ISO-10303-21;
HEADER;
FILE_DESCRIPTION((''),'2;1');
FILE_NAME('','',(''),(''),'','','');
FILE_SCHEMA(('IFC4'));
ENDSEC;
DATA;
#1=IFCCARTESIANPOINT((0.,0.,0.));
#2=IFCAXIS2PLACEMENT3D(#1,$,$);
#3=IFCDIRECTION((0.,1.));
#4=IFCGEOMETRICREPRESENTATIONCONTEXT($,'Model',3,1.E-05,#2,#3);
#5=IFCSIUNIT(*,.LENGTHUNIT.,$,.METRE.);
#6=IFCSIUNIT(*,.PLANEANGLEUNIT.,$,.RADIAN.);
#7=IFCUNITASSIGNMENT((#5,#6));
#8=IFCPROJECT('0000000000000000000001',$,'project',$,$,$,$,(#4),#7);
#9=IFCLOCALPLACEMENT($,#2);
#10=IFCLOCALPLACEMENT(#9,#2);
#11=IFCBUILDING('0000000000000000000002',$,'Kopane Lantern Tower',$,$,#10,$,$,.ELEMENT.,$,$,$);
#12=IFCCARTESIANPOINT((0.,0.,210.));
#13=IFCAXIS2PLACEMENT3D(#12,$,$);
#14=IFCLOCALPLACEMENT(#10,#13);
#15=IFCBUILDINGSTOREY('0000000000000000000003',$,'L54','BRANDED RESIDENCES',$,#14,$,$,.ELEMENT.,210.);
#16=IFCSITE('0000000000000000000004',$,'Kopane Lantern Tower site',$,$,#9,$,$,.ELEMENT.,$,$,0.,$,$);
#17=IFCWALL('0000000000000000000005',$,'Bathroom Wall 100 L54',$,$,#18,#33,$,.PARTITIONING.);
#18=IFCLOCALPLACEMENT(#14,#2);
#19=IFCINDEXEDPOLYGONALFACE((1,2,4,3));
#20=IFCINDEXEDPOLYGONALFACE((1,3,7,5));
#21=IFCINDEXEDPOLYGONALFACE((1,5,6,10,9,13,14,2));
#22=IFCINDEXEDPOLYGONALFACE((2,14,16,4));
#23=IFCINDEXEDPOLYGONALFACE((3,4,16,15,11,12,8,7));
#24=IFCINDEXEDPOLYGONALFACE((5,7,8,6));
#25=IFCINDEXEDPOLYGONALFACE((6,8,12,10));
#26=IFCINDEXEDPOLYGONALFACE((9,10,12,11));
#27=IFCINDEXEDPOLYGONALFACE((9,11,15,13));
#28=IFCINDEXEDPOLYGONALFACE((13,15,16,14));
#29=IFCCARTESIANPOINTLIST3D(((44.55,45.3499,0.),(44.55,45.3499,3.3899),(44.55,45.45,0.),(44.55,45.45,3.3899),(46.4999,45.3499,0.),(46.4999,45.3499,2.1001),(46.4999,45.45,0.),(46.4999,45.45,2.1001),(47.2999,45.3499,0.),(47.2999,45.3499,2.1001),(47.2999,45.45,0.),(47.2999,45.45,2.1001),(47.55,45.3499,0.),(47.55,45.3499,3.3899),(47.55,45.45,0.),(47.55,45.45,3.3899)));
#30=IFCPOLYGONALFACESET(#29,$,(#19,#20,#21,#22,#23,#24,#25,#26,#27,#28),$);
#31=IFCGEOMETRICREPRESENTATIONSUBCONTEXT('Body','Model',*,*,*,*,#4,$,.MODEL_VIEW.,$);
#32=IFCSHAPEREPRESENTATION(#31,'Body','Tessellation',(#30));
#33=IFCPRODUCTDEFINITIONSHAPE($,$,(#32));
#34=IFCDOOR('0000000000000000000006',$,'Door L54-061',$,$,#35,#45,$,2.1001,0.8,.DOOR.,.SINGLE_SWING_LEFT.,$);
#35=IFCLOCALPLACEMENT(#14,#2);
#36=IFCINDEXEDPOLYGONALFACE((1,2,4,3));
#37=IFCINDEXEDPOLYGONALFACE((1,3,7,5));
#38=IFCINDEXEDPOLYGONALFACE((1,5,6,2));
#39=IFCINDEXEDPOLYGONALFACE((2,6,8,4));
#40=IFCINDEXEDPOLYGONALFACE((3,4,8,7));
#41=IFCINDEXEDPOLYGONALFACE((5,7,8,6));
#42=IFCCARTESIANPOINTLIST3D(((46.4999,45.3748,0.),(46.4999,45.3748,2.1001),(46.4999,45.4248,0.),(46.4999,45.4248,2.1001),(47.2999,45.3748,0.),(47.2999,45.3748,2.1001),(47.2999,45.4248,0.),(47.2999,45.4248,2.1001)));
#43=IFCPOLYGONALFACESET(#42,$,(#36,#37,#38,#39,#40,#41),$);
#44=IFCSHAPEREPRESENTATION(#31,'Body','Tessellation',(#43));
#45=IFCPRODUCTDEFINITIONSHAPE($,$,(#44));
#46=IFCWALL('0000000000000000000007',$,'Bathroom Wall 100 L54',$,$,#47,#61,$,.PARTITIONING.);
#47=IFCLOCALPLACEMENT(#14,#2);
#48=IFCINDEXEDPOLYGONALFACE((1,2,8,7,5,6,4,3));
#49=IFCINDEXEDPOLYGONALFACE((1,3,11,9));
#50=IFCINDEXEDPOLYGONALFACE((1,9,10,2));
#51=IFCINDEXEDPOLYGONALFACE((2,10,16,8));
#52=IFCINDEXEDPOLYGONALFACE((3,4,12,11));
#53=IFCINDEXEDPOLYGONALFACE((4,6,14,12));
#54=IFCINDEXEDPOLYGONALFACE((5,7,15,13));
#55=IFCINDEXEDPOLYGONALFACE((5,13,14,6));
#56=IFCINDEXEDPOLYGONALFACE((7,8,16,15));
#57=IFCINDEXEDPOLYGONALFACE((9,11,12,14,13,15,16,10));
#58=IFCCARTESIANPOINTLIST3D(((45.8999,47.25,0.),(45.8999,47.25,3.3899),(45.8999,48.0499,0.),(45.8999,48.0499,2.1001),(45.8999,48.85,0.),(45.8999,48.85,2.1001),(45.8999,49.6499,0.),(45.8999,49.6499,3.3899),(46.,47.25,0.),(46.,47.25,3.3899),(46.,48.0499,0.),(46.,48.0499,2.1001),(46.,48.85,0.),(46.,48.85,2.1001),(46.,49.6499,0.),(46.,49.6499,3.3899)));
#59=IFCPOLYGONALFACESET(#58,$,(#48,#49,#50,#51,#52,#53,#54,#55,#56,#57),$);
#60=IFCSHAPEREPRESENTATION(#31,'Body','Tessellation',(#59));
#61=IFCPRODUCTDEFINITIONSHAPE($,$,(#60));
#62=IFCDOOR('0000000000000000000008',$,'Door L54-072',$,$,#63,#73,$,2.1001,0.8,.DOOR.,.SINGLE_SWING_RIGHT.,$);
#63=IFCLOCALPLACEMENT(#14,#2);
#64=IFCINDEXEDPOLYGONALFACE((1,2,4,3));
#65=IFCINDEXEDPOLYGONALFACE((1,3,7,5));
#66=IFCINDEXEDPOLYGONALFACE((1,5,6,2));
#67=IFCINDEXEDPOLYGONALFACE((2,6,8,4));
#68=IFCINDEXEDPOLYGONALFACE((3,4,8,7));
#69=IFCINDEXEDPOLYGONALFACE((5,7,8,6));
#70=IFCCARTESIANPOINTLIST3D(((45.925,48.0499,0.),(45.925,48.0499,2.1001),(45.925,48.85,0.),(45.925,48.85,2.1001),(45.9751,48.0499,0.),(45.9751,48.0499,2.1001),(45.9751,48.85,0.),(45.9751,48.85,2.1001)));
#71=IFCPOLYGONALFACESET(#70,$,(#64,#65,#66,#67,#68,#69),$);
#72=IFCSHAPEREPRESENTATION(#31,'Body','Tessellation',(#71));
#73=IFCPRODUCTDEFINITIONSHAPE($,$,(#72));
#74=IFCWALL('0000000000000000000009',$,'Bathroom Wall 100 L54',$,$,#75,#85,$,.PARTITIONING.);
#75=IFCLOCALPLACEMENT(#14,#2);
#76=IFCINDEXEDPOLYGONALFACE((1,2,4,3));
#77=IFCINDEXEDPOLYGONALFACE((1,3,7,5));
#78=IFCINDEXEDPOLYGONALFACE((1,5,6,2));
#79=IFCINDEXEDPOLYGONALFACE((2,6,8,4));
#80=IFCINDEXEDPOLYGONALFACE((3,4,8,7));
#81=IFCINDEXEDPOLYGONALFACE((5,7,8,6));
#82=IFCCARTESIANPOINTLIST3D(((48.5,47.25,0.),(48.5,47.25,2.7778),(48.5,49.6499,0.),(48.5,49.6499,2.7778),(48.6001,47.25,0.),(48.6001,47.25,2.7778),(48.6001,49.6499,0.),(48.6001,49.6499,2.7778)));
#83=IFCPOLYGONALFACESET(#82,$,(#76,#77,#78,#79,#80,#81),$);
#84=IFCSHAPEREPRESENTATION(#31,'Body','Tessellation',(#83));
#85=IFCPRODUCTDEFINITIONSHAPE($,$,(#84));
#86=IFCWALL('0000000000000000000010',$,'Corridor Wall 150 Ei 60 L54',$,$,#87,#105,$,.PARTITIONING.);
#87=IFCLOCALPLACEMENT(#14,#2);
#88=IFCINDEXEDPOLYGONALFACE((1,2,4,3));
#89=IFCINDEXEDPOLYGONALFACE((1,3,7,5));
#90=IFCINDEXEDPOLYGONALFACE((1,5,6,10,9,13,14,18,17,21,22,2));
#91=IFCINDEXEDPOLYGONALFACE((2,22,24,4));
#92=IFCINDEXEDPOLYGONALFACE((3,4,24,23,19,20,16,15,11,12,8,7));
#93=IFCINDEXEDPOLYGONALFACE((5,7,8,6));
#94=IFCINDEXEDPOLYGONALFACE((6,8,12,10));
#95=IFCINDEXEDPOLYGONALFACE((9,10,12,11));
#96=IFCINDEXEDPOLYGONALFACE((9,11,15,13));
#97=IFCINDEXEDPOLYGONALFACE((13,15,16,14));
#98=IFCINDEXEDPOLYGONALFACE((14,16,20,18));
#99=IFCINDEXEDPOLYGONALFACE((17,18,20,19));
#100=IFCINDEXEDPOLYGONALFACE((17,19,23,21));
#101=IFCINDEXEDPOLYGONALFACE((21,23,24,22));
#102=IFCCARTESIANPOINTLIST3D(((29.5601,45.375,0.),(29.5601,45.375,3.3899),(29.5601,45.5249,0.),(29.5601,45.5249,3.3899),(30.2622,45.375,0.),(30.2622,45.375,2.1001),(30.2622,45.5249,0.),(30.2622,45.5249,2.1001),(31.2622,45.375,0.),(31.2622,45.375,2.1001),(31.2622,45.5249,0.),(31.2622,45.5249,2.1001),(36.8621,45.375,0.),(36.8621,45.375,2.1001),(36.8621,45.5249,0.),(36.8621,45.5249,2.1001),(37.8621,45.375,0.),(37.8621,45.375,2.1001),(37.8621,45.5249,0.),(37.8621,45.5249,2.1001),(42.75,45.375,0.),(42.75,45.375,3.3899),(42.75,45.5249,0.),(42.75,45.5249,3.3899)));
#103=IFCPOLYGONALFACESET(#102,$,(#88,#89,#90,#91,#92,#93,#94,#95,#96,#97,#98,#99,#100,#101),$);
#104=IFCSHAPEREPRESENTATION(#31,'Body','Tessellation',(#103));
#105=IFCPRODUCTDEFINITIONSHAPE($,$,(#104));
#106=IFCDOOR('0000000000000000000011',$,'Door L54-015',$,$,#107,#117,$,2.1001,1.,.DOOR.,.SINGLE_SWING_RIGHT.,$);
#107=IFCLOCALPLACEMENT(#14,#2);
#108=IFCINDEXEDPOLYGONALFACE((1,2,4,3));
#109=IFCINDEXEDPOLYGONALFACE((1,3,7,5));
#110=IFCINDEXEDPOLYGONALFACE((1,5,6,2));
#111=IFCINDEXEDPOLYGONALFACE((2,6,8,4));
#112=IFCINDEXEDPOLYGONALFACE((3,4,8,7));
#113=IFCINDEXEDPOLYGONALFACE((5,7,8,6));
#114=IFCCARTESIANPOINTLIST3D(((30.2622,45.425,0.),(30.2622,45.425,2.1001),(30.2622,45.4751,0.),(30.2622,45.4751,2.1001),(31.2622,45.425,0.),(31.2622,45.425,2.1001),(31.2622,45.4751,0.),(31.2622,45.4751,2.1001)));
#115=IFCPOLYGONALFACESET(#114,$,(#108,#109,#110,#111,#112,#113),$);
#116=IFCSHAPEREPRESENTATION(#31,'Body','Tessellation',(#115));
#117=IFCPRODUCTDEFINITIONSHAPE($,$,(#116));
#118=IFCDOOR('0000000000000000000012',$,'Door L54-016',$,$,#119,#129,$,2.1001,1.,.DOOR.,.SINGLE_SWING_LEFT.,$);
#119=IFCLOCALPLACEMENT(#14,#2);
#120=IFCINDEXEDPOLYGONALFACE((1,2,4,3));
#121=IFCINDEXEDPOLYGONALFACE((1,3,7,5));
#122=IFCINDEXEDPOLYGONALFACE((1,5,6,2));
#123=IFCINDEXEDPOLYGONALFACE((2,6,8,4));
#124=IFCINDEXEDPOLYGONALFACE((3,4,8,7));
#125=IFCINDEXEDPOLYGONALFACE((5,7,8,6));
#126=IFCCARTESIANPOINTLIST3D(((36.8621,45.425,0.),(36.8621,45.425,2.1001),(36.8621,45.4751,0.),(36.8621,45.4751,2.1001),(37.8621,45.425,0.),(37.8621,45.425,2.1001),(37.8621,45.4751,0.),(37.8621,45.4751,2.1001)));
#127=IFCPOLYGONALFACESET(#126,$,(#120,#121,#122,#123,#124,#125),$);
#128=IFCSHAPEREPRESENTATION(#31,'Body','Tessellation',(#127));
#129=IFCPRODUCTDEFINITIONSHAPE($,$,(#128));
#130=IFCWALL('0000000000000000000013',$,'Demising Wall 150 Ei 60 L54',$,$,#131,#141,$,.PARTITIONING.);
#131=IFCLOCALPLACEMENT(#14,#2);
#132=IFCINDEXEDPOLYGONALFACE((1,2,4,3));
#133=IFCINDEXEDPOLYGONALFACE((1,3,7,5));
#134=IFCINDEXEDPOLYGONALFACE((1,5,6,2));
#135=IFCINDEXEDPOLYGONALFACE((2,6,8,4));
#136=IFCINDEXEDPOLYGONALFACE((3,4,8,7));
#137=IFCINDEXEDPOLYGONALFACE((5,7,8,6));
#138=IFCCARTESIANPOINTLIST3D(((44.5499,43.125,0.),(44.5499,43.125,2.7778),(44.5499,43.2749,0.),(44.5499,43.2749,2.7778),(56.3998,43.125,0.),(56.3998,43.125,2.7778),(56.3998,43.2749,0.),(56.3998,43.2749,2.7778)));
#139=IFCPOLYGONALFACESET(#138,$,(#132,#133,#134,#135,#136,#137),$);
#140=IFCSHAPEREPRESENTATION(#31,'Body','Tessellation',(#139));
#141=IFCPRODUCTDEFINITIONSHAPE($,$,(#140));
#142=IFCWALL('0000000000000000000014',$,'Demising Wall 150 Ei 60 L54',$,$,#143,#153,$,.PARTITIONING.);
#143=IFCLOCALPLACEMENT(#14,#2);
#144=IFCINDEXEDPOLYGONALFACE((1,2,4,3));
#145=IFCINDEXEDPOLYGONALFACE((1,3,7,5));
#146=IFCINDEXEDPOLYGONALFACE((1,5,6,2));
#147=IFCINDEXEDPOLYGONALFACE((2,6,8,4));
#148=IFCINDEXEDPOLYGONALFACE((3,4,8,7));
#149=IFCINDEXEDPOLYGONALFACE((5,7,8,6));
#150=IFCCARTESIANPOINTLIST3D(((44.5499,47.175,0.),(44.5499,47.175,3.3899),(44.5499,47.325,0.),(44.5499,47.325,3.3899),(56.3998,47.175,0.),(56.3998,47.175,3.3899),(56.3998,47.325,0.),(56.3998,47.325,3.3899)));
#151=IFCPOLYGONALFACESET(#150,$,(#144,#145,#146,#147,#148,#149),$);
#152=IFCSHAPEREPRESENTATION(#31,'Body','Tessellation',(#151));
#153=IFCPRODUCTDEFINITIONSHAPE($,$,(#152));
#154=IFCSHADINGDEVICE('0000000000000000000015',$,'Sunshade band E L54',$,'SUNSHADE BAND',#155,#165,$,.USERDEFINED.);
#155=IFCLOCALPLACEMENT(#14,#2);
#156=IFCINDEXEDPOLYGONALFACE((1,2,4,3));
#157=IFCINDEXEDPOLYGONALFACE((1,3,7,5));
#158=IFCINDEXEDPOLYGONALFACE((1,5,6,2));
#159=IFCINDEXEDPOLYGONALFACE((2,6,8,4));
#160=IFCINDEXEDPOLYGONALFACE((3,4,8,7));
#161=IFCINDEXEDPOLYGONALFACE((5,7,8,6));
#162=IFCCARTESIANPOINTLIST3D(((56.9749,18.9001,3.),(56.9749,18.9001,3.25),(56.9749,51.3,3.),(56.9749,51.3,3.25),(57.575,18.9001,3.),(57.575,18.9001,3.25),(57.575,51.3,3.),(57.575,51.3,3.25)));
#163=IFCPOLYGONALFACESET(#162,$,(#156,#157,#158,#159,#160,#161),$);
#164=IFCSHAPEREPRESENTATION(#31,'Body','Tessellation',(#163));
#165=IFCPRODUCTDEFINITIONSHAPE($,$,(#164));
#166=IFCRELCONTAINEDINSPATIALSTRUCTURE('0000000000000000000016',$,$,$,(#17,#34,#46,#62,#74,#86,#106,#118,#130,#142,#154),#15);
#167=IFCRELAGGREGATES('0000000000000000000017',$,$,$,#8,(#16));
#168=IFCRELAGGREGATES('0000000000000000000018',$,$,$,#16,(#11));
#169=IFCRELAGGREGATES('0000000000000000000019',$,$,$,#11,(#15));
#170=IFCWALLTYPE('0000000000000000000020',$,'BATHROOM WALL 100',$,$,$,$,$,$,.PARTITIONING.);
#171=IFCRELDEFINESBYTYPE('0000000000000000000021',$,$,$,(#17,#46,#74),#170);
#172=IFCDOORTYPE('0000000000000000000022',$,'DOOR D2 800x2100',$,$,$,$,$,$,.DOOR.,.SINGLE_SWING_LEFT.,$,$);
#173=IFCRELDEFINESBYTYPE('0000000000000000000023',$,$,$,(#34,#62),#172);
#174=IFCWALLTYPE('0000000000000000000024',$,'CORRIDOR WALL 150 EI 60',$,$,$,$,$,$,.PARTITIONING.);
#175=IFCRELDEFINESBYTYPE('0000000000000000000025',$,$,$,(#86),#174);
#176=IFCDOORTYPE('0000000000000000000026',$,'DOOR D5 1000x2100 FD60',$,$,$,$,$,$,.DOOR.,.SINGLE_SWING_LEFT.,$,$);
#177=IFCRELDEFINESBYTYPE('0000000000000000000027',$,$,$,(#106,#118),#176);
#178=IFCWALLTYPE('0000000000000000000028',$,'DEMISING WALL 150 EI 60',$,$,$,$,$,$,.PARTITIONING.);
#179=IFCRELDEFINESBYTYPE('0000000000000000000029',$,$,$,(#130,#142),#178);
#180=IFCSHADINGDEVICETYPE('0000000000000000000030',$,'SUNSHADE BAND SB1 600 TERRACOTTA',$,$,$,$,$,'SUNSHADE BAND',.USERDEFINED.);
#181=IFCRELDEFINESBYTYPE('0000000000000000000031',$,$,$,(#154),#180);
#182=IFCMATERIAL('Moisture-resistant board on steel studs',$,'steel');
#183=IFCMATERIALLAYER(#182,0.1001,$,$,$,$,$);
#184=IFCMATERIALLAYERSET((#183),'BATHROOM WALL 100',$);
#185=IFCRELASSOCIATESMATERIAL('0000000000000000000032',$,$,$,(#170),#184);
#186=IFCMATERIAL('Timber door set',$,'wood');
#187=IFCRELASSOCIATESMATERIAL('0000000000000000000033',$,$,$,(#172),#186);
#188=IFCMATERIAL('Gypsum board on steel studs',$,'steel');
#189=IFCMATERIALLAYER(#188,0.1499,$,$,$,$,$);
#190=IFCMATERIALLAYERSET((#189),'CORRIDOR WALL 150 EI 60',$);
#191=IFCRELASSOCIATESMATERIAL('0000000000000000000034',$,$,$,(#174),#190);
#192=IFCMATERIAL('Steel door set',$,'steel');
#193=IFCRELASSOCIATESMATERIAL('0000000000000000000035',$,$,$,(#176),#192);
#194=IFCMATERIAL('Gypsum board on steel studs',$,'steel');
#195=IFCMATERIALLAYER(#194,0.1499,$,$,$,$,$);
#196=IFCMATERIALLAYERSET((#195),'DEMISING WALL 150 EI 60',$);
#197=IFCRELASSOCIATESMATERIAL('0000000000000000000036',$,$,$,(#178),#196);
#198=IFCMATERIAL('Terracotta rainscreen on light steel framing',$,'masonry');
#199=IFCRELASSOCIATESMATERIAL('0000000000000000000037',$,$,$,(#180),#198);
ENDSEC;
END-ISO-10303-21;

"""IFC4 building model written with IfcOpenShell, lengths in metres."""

from ifc_helpers import new_model, si_unit, direction, frame, frame_2d, origin, origin_2d, place, context, subcontext, project, spatial, rectangle, extrude, material, layer, layer_set, type_object, element, fill, save


model = new_model("IFC4")

# Units and contexts
model_context = context("Model", 3, precision=1e-05, world=origin(), true_north=direction((0.0, 1.0)))
body_context = subcontext(model_context, "Body", "Model", "MODEL_VIEW")
ifc_project = project(units=[si_unit("LENGTHUNIT", "METRE"), si_unit("PLANEANGLEUNIT", "RADIAN")], contexts=[model_context])

# Site, building, storey
site_placement = place(None, origin())
site = spatial("IfcSite", under=ifc_project, at=site_placement, Name="Kopane Lantern Tower site", CompositionType="ELEMENT", RefElevation=0.0)
building_placement = place(site_placement, origin())
building = spatial("IfcBuilding", under=site, at=building_placement, Name="Kopane Lantern Tower", CompositionType="ELEMENT")
storey_placement = place(building_placement, frame((0.0, 0.0, 210.0)))
storey = spatial("IfcBuildingStorey", under=building, at=storey_placement, Name="L54", Description="BRANDED RESIDENCES", CompositionType="ELEMENT", Elevation=210.0)

# Shared definitions
ifc_material_1 = material(Name="Moisture-resistant board on steel studs", Category="steel")
ifc_layer_1 = layer(ifc_material_1, 0.1001)
ifc_layer_set_1 = layer_set([ifc_layer_1], Name="BATHROOM WALL 100")
wall_type_1 = type_object("IfcWallType", Name="BATHROOM WALL 100", PredefinedType="PARTITIONING", material=ifc_layer_set_1)
ifc_material_2 = material(Name="Timber door set", Category="wood")
door_type_1 = type_object("IfcDoorType", Name="DOOR D2 800x2100", OperationType="SINGLE_SWING_LEFT", PredefinedType="DOOR", material=ifc_material_2)

# Walls, openings, doors
wall_1_placement = place(storey_placement, frame((44.55, 45.3999, 0.0), z_axis=(0.0, 0.0, 1.0), x_axis=(1.0, 0.0, 0.0)))
wall_1 = element("IfcWall", 1, at=wall_1_placement, inside=storey, type_object=wall_type_1, Name="Bathroom Wall 100 L54", PredefinedType="PARTITIONING", context=body_context, shape_type="SweptSolid", body=[
    extrude(rectangle(XDim=3.0, YDim=0.1001, at=frame_2d((1.5, 0.0))), origin(), (0.0, 0.0, 1.0), 3.3899),
])
opening_1_placement = place(wall_1_placement, frame((1.95, 0.0, 0.0)))
opening_1 = element("IfcOpeningElement", 2, at=opening_1_placement, cuts=wall_1, PredefinedType="OPENING", context=body_context, shape_type="SweptSolid", body=[
    extrude(rectangle(XDim=0.8, YDim=2.1001, at=frame_2d((0.3999, 1.05))), frame((0.0, 0.0601, 0.0), z_axis=(0.0, -1.0, 0.0), x_axis=(1.0, 0.0, 0.0)), (0.0, 0.0, 1.0), 0.1201),
])
door_1_placement = place(opening_1_placement, origin())
door_1 = element("IfcDoor", 3, at=door_1_placement, inside=storey, type_object=door_type_1, Name="Door L54-061", OperationType="SINGLE_SWING_LEFT", OverallHeight=2.1001, OverallWidth=0.8, PredefinedType="DOOR", context=body_context, shape_type="SweptSolid", body=[
    extrude(rectangle(XDim=0.8, YDim=2.1001, at=frame_2d((0.3999, 1.05))), frame((0.0, 0.0249, 0.0), z_axis=(0.0, -1.0, 0.0), x_axis=(1.0, 0.0, 0.0)), (0.0, 0.0, 1.0), 0.05),
])
fill(opening_1, door_1)
wall_2_placement = place(storey_placement, frame((45.95, 47.25, 0.0), z_axis=(0.0, 0.0, 1.0), x_axis=(0.0, 1.0, 0.0)))
wall_2 = element("IfcWall", 4, at=wall_2_placement, inside=storey, type_object=wall_type_1, Name="Bathroom Wall 100 L54", PredefinedType="PARTITIONING", context=body_context, shape_type="SweptSolid", body=[
    extrude(rectangle(XDim=2.3999, YDim=0.1001, at=frame_2d((1.2, 0.0))), origin(), (0.0, 0.0, 1.0), 3.3899),
])
opening_2_placement = place(wall_2_placement, frame((0.8, 0.0, 0.0)))
opening_2 = element("IfcOpeningElement", 5, at=opening_2_placement, cuts=wall_2, PredefinedType="OPENING", context=body_context, shape_type="SweptSolid", body=[
    extrude(rectangle(XDim=0.8, YDim=2.1001, at=frame_2d((0.3999, 1.05))), frame((0.0, 0.0601, 0.0), z_axis=(0.0, -1.0, 0.0), x_axis=(1.0, 0.0, 0.0)), (0.0, 0.0, 1.0), 0.1201),
])
door_2_placement = place(opening_2_placement, origin())
door_2 = element("IfcDoor", 6, at=door_2_placement, inside=storey, type_object=door_type_1, Name="Door L54-072", OperationType="SINGLE_SWING_RIGHT", OverallHeight=2.1001, OverallWidth=0.8, PredefinedType="DOOR", context=body_context, shape_type="SweptSolid", body=[
    extrude(rectangle(XDim=0.8, YDim=2.1001, at=frame_2d((0.3999, 1.05))), frame((0.0, 0.0249, 0.0), z_axis=(0.0, -1.0, 0.0), x_axis=(1.0, 0.0, 0.0)), (0.0, 0.0, 1.0), 0.05),
])
fill(opening_2, door_2)

# Wall
wall_3_placement = place(storey_placement, frame((48.55, 47.25, 0.0), z_axis=(0.0, 0.0, 1.0), x_axis=(0.0, 1.0, 0.0)))
element("IfcWall", 7, at=wall_3_placement, inside=storey, type_object=wall_type_1, Name="Bathroom Wall 100 L54", PredefinedType="PARTITIONING", context=body_context, shape_type="SweptSolid", body=[
    extrude(rectangle(XDim=2.3999, YDim=0.1001, at=frame_2d((1.2, 0.0))), origin(), (0.0, 0.0, 1.0), 2.7778),
])

# Wall, openings, doors
ifc_material_3 = material(Name="Gypsum board on steel studs", Category="steel")
ifc_layer_2 = layer(ifc_material_3, 0.1499)
ifc_layer_set_2 = layer_set([ifc_layer_2], Name="CORRIDOR WALL 150 EI 60")
wall_type_2 = type_object("IfcWallType", Name="CORRIDOR WALL 150 EI 60", PredefinedType="PARTITIONING", material=ifc_layer_set_2)
wall_4_placement = place(storey_placement, frame((42.75, 45.45, 0.0), z_axis=(0.0, 0.0, 1.0), x_axis=(-1.0, 0.0, 0.0)))
wall_4 = element("IfcWall", 8, at=wall_4_placement, inside=storey, type_object=wall_type_2, Name="Corridor Wall 150 Ei 60 L54", PredefinedType="PARTITIONING", context=body_context, shape_type="SweptSolid", body=[
    extrude(rectangle(XDim=13.1899, YDim=0.1499, at=frame_2d((6.595, 0.0))), origin(), (0.0, 0.0, 1.0), 3.3899),
])
opening_3_placement = place(wall_4_placement, frame((11.4878, 0.0, 0.0)))
opening_3 = element("IfcOpeningElement", 9, at=opening_3_placement, cuts=wall_4, PredefinedType="OPENING", context=body_context, shape_type="SweptSolid", body=[
    extrude(rectangle(XDim=1.0, YDim=2.1001, at=frame_2d((0.5, 1.05))), frame((0.0, 0.085, 0.0), z_axis=(0.0, -1.0, 0.0), x_axis=(1.0, 0.0, 0.0)), (0.0, 0.0, 1.0), 0.1699),
])
opening_4_placement = place(wall_4_placement, frame((4.8879, 0.0, 0.0)))
opening_4 = element("IfcOpeningElement", 10, at=opening_4_placement, cuts=wall_4, PredefinedType="OPENING", context=body_context, shape_type="SweptSolid", body=[
    extrude(rectangle(XDim=1.0, YDim=2.1001, at=frame_2d((0.5, 1.05))), frame((0.0, 0.085, 0.0), z_axis=(0.0, -1.0, 0.0), x_axis=(1.0, 0.0, 0.0)), (0.0, 0.0, 1.0), 0.1699),
])
ifc_material_4 = material(Name="Steel door set", Category="steel")
door_type_2 = type_object("IfcDoorType", Name="DOOR D5 1000x2100 FD60", OperationType="SINGLE_SWING_LEFT", PredefinedType="DOOR", material=ifc_material_4)
door_3_placement = place(opening_3_placement, origin())
door_3 = element("IfcDoor", 11, at=door_3_placement, inside=storey, type_object=door_type_2, Name="Door L54-015", OperationType="SINGLE_SWING_RIGHT", OverallHeight=2.1001, OverallWidth=1.0, PredefinedType="DOOR", context=body_context, shape_type="SweptSolid", body=[
    extrude(rectangle(XDim=1.0, YDim=2.1001, at=frame_2d((0.5, 1.05))), frame((0.0, 0.0249, 0.0), z_axis=(0.0, -1.0, 0.0), x_axis=(1.0, 0.0, 0.0)), (0.0, 0.0, 1.0), 0.05),
])
fill(opening_3, door_3)
door_4_placement = place(opening_4_placement, origin())
door_4 = element("IfcDoor", 12, at=door_4_placement, inside=storey, type_object=door_type_2, Name="Door L54-016", OperationType="SINGLE_SWING_LEFT", OverallHeight=2.1001, OverallWidth=1.0, PredefinedType="DOOR", context=body_context, shape_type="SweptSolid", body=[
    extrude(rectangle(XDim=1.0, YDim=2.1001, at=frame_2d((0.5, 1.05))), frame((0.0, 0.0249, 0.0), z_axis=(0.0, -1.0, 0.0), x_axis=(1.0, 0.0, 0.0)), (0.0, 0.0, 1.0), 0.05),
])
fill(opening_4, door_4)

# Walls
ifc_material_5 = material(Name="Gypsum board on steel studs", Category="steel")
ifc_layer_3 = layer(ifc_material_5, 0.1499)
ifc_layer_set_3 = layer_set([ifc_layer_3], Name="DEMISING WALL 150 EI 60")
wall_type_3 = type_object("IfcWallType", Name="DEMISING WALL 150 EI 60", PredefinedType="PARTITIONING", material=ifc_layer_set_3)
wall_5_placement = place(storey_placement, frame((44.55, 43.2, 0.0), z_axis=(0.0, 0.0, 1.0), x_axis=(1.0, 0.0, 0.0)))
element("IfcWall", 13, at=wall_5_placement, inside=storey, type_object=wall_type_3, Name="Demising Wall 150 Ei 60 L54", PredefinedType="PARTITIONING", context=body_context, shape_type="SweptSolid", body=[
    extrude(rectangle(XDim=11.8499, YDim=0.1499, at=frame_2d((5.9248, 0.0))), origin(), (0.0, 0.0, 1.0), 2.7778),
])
wall_6_placement = place(storey_placement, frame((44.55, 47.25, 0.0), z_axis=(0.0, 0.0, 1.0), x_axis=(1.0, 0.0, 0.0)))
element("IfcWall", 14, at=wall_6_placement, inside=storey, type_object=wall_type_3, Name="Demising Wall 150 Ei 60 L54", PredefinedType="PARTITIONING", context=body_context, shape_type="SweptSolid", body=[
    extrude(rectangle(XDim=11.8499, YDim=0.1499, at=frame_2d((5.9248, 0.0))), origin(), (0.0, 0.0, 1.0), 3.3899),
])

# Shading device
ifc_material_6 = material(Name="Terracotta rainscreen on light steel framing", Category="masonry")
shading_device_type = type_object("IfcShadingDeviceType", Name="SUNSHADE BAND SB1 600 TERRACOTTA", ElementType="SUNSHADE BAND", PredefinedType="USERDEFINED", material=ifc_material_6)
shading_device_placement = place(storey_placement, frame((57.2749, 35.1001, 3.0), z_axis=(0.0, 0.0, 1.0), x_axis=(0.0, 1.0, 0.0)))
element("IfcShadingDevice", 15, at=shading_device_placement, inside=storey, type_object=shading_device_type, Name="Sunshade band E L54", ObjectType="SUNSHADE BAND", PredefinedType="USERDEFINED", context=body_context, shape_type="SweptSolid", body=[
    extrude(rectangle(XDim=32.3999, YDim=0.6001, at=origin_2d()), origin(), (0.0, 0.0, 1.0), 0.25),
])

save(model, "model.ifc")
